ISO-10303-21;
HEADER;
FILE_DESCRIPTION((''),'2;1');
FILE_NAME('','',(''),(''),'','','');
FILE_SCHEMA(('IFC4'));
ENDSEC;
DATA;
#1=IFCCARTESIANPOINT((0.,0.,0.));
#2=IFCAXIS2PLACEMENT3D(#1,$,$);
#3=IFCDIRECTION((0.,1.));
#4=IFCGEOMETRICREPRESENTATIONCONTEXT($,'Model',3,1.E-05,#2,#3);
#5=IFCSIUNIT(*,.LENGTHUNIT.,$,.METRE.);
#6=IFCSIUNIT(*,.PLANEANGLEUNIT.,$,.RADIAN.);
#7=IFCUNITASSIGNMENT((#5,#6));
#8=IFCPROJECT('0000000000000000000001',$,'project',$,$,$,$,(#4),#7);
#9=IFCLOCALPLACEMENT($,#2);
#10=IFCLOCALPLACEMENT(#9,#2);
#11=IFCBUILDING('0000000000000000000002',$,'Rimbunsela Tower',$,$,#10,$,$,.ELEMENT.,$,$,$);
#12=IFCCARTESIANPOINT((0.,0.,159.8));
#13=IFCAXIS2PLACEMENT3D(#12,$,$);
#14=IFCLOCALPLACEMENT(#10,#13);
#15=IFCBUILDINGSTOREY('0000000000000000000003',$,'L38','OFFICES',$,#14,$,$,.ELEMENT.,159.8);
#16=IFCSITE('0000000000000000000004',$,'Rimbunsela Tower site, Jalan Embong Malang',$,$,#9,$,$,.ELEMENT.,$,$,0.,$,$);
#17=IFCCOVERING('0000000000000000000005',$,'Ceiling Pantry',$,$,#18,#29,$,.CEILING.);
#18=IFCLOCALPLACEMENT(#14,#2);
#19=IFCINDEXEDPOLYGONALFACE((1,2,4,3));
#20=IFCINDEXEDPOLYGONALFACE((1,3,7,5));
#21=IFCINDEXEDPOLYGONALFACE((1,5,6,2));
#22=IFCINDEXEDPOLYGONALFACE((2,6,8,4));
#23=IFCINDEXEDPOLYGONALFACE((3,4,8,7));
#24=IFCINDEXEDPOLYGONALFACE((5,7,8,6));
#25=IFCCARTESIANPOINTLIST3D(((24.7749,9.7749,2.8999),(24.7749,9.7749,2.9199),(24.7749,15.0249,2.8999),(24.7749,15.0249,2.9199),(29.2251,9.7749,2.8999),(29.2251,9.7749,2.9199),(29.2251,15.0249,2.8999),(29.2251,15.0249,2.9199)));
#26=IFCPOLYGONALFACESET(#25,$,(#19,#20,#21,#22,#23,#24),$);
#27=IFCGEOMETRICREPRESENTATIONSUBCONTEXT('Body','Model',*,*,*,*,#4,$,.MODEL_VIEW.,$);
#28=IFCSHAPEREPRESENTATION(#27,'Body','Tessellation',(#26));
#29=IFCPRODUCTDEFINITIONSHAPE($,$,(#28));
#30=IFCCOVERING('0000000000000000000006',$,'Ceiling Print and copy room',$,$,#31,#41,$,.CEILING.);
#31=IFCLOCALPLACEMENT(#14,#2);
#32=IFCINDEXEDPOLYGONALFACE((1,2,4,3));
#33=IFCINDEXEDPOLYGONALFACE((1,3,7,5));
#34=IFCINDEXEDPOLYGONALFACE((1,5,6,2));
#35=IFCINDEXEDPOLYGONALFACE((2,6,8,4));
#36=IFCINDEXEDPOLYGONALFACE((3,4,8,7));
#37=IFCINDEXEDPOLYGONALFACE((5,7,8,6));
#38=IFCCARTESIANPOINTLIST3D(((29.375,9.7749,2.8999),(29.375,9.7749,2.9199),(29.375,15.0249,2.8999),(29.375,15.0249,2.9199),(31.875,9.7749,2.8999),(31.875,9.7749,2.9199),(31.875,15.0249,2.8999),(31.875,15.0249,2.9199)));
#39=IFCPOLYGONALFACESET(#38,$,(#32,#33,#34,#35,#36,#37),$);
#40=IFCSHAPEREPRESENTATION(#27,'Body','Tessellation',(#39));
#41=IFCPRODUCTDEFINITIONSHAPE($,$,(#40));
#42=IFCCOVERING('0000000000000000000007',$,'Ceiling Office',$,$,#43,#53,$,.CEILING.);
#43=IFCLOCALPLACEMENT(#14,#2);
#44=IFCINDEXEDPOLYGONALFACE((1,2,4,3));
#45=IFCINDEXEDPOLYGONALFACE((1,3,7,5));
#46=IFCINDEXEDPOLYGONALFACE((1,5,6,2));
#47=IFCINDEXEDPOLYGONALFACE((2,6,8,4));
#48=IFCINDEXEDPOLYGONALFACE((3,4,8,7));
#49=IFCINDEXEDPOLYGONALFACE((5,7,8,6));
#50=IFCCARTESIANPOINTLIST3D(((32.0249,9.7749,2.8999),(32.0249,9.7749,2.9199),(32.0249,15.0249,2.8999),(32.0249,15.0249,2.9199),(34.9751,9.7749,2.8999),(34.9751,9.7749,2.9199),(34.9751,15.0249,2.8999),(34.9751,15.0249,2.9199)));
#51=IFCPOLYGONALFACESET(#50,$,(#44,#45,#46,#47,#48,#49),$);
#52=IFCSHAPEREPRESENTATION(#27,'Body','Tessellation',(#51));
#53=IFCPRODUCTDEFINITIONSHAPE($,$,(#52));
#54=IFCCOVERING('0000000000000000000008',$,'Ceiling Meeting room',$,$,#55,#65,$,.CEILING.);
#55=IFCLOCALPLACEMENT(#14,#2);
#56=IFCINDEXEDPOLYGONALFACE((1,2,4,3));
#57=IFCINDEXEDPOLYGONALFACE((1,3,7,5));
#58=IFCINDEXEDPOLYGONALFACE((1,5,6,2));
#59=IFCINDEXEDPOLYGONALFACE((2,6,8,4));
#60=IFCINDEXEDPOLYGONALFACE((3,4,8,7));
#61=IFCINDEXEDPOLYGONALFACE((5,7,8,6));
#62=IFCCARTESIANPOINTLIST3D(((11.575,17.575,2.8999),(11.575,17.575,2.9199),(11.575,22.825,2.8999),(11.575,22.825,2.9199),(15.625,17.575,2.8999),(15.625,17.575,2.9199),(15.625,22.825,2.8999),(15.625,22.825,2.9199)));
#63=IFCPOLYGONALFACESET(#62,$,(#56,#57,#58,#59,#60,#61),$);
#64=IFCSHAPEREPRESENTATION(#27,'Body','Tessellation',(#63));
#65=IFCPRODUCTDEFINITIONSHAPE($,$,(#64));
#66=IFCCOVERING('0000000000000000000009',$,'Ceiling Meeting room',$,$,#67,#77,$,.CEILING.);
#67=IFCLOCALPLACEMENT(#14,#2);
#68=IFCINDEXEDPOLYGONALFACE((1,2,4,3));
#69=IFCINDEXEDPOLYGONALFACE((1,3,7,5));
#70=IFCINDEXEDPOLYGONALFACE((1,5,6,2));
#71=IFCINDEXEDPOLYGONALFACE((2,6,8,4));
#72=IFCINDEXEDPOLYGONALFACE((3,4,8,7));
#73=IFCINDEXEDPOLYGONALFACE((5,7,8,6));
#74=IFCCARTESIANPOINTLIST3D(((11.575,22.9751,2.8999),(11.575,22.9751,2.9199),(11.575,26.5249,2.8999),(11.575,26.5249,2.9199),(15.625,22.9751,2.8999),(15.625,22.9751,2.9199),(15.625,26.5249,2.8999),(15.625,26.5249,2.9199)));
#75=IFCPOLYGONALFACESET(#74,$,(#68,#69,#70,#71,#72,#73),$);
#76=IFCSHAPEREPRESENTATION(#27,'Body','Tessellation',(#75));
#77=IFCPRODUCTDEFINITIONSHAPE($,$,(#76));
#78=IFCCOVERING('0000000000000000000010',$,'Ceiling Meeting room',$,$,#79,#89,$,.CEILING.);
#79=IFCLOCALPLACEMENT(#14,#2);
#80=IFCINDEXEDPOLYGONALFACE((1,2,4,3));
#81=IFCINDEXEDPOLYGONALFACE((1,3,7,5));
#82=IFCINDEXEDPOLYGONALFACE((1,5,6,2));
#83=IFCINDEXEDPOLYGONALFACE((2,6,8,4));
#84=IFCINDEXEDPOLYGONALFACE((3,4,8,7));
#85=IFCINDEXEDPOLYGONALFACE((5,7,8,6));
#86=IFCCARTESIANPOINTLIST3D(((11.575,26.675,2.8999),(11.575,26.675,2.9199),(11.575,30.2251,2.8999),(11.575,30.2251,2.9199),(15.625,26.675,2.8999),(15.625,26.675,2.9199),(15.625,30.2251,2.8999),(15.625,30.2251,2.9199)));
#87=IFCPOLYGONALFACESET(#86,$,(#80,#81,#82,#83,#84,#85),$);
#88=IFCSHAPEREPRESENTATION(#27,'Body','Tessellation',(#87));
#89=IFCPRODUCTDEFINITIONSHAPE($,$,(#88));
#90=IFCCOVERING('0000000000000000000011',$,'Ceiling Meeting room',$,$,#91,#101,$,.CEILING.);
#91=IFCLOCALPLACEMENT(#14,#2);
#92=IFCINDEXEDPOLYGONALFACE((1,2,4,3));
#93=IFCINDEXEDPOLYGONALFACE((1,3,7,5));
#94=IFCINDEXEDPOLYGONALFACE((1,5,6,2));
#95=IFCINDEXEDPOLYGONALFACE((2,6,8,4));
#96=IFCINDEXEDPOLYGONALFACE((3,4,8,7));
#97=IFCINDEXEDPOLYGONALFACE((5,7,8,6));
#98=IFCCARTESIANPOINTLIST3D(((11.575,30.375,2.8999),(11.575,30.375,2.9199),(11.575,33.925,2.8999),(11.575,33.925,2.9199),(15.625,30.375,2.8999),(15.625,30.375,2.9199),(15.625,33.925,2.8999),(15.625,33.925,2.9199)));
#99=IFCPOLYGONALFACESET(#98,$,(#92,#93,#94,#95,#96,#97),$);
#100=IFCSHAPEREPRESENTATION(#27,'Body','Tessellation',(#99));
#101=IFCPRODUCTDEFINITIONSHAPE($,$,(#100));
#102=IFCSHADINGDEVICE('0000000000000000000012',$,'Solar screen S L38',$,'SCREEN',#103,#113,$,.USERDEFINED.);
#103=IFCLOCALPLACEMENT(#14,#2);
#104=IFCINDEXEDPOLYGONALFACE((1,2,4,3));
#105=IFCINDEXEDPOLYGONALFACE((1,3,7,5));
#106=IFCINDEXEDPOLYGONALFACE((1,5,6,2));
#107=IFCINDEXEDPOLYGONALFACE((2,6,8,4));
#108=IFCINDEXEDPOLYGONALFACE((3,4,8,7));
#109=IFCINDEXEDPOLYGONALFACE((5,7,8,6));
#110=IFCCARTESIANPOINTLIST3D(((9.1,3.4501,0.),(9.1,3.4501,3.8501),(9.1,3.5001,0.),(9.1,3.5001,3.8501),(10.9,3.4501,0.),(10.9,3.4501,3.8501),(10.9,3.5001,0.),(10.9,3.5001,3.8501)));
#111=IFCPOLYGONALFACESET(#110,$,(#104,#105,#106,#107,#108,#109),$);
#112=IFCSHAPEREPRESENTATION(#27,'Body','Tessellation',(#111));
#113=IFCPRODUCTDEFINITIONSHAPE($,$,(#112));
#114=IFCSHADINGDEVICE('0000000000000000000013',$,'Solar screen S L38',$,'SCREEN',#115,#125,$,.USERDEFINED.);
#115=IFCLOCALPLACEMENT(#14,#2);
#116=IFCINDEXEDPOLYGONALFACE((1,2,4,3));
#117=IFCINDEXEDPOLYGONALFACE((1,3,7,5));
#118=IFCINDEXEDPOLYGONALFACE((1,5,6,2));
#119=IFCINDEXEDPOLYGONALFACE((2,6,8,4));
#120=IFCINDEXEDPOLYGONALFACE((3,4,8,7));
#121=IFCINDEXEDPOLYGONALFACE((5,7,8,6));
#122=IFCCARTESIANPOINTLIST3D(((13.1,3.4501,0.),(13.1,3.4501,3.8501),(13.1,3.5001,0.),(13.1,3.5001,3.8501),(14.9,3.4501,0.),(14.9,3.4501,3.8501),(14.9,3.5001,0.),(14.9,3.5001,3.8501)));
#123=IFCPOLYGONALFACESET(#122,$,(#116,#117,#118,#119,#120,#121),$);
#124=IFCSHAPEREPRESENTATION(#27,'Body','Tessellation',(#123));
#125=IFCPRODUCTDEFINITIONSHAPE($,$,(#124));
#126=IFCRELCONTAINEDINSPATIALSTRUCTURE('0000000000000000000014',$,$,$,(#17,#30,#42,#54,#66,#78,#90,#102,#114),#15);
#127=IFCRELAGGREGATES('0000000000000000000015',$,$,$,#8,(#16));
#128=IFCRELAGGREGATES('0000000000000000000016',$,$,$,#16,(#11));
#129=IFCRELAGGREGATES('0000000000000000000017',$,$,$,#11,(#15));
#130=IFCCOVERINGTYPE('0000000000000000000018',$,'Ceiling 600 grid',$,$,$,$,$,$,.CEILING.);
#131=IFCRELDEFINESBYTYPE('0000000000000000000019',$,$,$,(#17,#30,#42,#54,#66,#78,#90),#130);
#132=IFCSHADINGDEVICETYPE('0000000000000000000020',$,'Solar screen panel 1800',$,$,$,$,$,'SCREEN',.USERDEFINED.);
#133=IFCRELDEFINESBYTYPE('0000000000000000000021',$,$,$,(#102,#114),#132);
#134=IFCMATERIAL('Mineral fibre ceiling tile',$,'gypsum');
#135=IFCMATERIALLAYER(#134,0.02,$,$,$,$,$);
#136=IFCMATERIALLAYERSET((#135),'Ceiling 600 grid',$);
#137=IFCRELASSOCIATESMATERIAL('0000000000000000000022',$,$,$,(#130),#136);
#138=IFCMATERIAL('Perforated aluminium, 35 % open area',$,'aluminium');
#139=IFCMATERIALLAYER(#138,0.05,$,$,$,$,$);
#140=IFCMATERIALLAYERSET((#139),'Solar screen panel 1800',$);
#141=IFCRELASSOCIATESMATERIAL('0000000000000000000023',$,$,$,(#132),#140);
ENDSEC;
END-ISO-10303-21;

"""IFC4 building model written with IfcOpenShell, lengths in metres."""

from ifc_helpers import new_model, si_unit, direction, frame, origin, origin_2d, place, context, subcontext, project, spatial, polyline, rectangle, outline, extrude, material, layer, layer_set, type_object, element, save


model = new_model("IFC4")

# Units and contexts
model_context = context("Model", 3, precision=1e-05, world=origin(), true_north=direction((0.0, 1.0)))
body_context = subcontext(model_context, "Body", "Model", "MODEL_VIEW")
ifc_project = project(units=[si_unit("LENGTHUNIT", "METRE"), si_unit("PLANEANGLEUNIT", "RADIAN")], contexts=[model_context])

# Site, building, storey
site_placement = place(None, origin())
site = spatial("IfcSite", under=ifc_project, at=site_placement, Name="Rimbunsela Tower site, Jalan Embong Malang", CompositionType="ELEMENT", RefElevation=0.0)
building_placement = place(site_placement, origin())
building = spatial("IfcBuilding", under=site, at=building_placement, Name="Rimbunsela Tower", CompositionType="ELEMENT")
storey_placement = place(building_placement, frame((0.0, 0.0, 159.8)))
storey = spatial("IfcBuildingStorey", under=building, at=storey_placement, Name="L38", Description="OFFICES", CompositionType="ELEMENT", Elevation=159.8)

# Coverings
ifc_material_1 = material(Name="Mineral fibre ceiling tile", Category="gypsum")
ifc_layer_1 = layer(ifc_material_1, 0.02)
ifc_layer_set_1 = layer_set([ifc_layer_1], Name="Ceiling 600 grid")
covering_type_1 = type_object("IfcCoveringType", Name="Ceiling 600 grid", PredefinedType="CEILING", material=ifc_layer_set_1)
covering_1_placement = place(storey_placement, frame((0.0, 0.0, 2.8999)))
element("IfcCovering", 1, at=covering_1_placement, inside=storey, type_object=covering_type_1, Name="Ceiling Pantry", PredefinedType="CEILING", context=body_context, shape_type="SweptSolid", body=[
    extrude(outline(polyline([(29.2251, 9.7749), (29.2251, 15.0249), (24.7749, 15.0249), (24.7749, 9.7749), (29.2251, 9.7749)])), origin(), (0.0, 0.0, 1.0), 0.02),
])
covering_2_placement = place(storey_placement, frame((0.0, 0.0, 2.8999)))
element("IfcCovering", 2, at=covering_2_placement, inside=storey, type_object=covering_type_1, Name="Ceiling Print and copy room", PredefinedType="CEILING", context=body_context, shape_type="SweptSolid", body=[
    extrude(outline(polyline([(31.875, 9.7749), (31.875, 15.0249), (29.375, 15.0249), (29.375, 9.7749), (31.875, 9.7749)])), origin(), (0.0, 0.0, 1.0), 0.02),
])
covering_3_placement = place(storey_placement, frame((0.0, 0.0, 2.8999)))
element("IfcCovering", 3, at=covering_3_placement, inside=storey, type_object=covering_type_1, Name="Ceiling Office", PredefinedType="CEILING", context=body_context, shape_type="SweptSolid", body=[
    extrude(outline(polyline([(34.9751, 9.7749), (34.9751, 15.0249), (32.0249, 15.0249), (32.0249, 9.7749), (34.9751, 9.7749)])), origin(), (0.0, 0.0, 1.0), 0.02),
])
covering_4_placement = place(storey_placement, frame((0.0, 0.0, 2.8999)))
element("IfcCovering", 4, at=covering_4_placement, inside=storey, type_object=covering_type_1, Name="Ceiling Meeting room", PredefinedType="CEILING", context=body_context, shape_type="SweptSolid", body=[
    extrude(outline(polyline([(15.625, 17.575), (15.625, 22.825), (11.575, 22.825), (11.575, 17.575), (15.625, 17.575)])), origin(), (0.0, 0.0, 1.0), 0.02),
])
covering_5_placement = place(storey_placement, frame((0.0, 0.0, 2.8999)))
element("IfcCovering", 5, at=covering_5_placement, inside=storey, type_object=covering_type_1, Name="Ceiling Meeting room", PredefinedType="CEILING", context=body_context, shape_type="SweptSolid", body=[
    extrude(outline(polyline([(15.625, 22.9751), (15.625, 26.5249), (11.575, 26.5249), (11.575, 22.9751), (15.625, 22.9751)])), origin(), (0.0, 0.0, 1.0), 0.02),
])
covering_6_placement = place(storey_placement, frame((0.0, 0.0, 2.8999)))
element("IfcCovering", 6, at=covering_6_placement, inside=storey, type_object=covering_type_1, Name="Ceiling Meeting room", PredefinedType="CEILING", context=body_context, shape_type="SweptSolid", body=[
    extrude(outline(polyline([(15.625, 26.675), (15.625, 30.2251), (11.575, 30.2251), (11.575, 26.675), (15.625, 26.675)])), origin(), (0.0, 0.0, 1.0), 0.02),
])
covering_7_placement = place(storey_placement, frame((0.0, 0.0, 2.8999)))
element("IfcCovering", 7, at=covering_7_placement, inside=storey, type_object=covering_type_1, Name="Ceiling Meeting room", PredefinedType="CEILING", context=body_context, shape_type="SweptSolid", body=[
    extrude(outline(polyline([(15.625, 30.375), (15.625, 33.925), (11.575, 33.925), (11.575, 30.375), (15.625, 30.375)])), origin(), (0.0, 0.0, 1.0), 0.02),
])

# Shading devices
ifc_material_2 = material(Name="Perforated aluminium, 35 % open area", Category="aluminium")
ifc_layer_2 = layer(ifc_material_2, 0.05)
ifc_layer_set_2 = layer_set([ifc_layer_2], Name="Solar screen panel 1800")
shading_device_type = type_object("IfcShadingDeviceType", Name="Solar screen panel 1800", ElementType="SCREEN", PredefinedType="USERDEFINED", material=ifc_layer_set_2)
for number, where, z_axis, x_axis, name in (
    (8, (10.0, 3.4751, 0.0), (0.0, 0.0, 1.0), (1.0, 0.0, 0.0), "Solar screen S L38"),
    (9, (14.0, 3.4751, 0.0), (0.0, 0.0, 1.0), (1.0, 0.0, 0.0), "Solar screen S L38"),
):
    element("IfcShadingDevice", number, at=place(storey_placement, frame(where, z_axis=z_axis, x_axis=x_axis)), inside=storey, type_object=shading_device_type, Name=name, ObjectType="SCREEN", PredefinedType="USERDEFINED", context=body_context, shape_type="SweptSolid", body=[
        extrude(rectangle(XDim=1.8, YDim=0.05, at=origin_2d()), origin(), (0.0, 0.0, 1.0), 3.8501),
    ])

save(model, "model.ifc")
